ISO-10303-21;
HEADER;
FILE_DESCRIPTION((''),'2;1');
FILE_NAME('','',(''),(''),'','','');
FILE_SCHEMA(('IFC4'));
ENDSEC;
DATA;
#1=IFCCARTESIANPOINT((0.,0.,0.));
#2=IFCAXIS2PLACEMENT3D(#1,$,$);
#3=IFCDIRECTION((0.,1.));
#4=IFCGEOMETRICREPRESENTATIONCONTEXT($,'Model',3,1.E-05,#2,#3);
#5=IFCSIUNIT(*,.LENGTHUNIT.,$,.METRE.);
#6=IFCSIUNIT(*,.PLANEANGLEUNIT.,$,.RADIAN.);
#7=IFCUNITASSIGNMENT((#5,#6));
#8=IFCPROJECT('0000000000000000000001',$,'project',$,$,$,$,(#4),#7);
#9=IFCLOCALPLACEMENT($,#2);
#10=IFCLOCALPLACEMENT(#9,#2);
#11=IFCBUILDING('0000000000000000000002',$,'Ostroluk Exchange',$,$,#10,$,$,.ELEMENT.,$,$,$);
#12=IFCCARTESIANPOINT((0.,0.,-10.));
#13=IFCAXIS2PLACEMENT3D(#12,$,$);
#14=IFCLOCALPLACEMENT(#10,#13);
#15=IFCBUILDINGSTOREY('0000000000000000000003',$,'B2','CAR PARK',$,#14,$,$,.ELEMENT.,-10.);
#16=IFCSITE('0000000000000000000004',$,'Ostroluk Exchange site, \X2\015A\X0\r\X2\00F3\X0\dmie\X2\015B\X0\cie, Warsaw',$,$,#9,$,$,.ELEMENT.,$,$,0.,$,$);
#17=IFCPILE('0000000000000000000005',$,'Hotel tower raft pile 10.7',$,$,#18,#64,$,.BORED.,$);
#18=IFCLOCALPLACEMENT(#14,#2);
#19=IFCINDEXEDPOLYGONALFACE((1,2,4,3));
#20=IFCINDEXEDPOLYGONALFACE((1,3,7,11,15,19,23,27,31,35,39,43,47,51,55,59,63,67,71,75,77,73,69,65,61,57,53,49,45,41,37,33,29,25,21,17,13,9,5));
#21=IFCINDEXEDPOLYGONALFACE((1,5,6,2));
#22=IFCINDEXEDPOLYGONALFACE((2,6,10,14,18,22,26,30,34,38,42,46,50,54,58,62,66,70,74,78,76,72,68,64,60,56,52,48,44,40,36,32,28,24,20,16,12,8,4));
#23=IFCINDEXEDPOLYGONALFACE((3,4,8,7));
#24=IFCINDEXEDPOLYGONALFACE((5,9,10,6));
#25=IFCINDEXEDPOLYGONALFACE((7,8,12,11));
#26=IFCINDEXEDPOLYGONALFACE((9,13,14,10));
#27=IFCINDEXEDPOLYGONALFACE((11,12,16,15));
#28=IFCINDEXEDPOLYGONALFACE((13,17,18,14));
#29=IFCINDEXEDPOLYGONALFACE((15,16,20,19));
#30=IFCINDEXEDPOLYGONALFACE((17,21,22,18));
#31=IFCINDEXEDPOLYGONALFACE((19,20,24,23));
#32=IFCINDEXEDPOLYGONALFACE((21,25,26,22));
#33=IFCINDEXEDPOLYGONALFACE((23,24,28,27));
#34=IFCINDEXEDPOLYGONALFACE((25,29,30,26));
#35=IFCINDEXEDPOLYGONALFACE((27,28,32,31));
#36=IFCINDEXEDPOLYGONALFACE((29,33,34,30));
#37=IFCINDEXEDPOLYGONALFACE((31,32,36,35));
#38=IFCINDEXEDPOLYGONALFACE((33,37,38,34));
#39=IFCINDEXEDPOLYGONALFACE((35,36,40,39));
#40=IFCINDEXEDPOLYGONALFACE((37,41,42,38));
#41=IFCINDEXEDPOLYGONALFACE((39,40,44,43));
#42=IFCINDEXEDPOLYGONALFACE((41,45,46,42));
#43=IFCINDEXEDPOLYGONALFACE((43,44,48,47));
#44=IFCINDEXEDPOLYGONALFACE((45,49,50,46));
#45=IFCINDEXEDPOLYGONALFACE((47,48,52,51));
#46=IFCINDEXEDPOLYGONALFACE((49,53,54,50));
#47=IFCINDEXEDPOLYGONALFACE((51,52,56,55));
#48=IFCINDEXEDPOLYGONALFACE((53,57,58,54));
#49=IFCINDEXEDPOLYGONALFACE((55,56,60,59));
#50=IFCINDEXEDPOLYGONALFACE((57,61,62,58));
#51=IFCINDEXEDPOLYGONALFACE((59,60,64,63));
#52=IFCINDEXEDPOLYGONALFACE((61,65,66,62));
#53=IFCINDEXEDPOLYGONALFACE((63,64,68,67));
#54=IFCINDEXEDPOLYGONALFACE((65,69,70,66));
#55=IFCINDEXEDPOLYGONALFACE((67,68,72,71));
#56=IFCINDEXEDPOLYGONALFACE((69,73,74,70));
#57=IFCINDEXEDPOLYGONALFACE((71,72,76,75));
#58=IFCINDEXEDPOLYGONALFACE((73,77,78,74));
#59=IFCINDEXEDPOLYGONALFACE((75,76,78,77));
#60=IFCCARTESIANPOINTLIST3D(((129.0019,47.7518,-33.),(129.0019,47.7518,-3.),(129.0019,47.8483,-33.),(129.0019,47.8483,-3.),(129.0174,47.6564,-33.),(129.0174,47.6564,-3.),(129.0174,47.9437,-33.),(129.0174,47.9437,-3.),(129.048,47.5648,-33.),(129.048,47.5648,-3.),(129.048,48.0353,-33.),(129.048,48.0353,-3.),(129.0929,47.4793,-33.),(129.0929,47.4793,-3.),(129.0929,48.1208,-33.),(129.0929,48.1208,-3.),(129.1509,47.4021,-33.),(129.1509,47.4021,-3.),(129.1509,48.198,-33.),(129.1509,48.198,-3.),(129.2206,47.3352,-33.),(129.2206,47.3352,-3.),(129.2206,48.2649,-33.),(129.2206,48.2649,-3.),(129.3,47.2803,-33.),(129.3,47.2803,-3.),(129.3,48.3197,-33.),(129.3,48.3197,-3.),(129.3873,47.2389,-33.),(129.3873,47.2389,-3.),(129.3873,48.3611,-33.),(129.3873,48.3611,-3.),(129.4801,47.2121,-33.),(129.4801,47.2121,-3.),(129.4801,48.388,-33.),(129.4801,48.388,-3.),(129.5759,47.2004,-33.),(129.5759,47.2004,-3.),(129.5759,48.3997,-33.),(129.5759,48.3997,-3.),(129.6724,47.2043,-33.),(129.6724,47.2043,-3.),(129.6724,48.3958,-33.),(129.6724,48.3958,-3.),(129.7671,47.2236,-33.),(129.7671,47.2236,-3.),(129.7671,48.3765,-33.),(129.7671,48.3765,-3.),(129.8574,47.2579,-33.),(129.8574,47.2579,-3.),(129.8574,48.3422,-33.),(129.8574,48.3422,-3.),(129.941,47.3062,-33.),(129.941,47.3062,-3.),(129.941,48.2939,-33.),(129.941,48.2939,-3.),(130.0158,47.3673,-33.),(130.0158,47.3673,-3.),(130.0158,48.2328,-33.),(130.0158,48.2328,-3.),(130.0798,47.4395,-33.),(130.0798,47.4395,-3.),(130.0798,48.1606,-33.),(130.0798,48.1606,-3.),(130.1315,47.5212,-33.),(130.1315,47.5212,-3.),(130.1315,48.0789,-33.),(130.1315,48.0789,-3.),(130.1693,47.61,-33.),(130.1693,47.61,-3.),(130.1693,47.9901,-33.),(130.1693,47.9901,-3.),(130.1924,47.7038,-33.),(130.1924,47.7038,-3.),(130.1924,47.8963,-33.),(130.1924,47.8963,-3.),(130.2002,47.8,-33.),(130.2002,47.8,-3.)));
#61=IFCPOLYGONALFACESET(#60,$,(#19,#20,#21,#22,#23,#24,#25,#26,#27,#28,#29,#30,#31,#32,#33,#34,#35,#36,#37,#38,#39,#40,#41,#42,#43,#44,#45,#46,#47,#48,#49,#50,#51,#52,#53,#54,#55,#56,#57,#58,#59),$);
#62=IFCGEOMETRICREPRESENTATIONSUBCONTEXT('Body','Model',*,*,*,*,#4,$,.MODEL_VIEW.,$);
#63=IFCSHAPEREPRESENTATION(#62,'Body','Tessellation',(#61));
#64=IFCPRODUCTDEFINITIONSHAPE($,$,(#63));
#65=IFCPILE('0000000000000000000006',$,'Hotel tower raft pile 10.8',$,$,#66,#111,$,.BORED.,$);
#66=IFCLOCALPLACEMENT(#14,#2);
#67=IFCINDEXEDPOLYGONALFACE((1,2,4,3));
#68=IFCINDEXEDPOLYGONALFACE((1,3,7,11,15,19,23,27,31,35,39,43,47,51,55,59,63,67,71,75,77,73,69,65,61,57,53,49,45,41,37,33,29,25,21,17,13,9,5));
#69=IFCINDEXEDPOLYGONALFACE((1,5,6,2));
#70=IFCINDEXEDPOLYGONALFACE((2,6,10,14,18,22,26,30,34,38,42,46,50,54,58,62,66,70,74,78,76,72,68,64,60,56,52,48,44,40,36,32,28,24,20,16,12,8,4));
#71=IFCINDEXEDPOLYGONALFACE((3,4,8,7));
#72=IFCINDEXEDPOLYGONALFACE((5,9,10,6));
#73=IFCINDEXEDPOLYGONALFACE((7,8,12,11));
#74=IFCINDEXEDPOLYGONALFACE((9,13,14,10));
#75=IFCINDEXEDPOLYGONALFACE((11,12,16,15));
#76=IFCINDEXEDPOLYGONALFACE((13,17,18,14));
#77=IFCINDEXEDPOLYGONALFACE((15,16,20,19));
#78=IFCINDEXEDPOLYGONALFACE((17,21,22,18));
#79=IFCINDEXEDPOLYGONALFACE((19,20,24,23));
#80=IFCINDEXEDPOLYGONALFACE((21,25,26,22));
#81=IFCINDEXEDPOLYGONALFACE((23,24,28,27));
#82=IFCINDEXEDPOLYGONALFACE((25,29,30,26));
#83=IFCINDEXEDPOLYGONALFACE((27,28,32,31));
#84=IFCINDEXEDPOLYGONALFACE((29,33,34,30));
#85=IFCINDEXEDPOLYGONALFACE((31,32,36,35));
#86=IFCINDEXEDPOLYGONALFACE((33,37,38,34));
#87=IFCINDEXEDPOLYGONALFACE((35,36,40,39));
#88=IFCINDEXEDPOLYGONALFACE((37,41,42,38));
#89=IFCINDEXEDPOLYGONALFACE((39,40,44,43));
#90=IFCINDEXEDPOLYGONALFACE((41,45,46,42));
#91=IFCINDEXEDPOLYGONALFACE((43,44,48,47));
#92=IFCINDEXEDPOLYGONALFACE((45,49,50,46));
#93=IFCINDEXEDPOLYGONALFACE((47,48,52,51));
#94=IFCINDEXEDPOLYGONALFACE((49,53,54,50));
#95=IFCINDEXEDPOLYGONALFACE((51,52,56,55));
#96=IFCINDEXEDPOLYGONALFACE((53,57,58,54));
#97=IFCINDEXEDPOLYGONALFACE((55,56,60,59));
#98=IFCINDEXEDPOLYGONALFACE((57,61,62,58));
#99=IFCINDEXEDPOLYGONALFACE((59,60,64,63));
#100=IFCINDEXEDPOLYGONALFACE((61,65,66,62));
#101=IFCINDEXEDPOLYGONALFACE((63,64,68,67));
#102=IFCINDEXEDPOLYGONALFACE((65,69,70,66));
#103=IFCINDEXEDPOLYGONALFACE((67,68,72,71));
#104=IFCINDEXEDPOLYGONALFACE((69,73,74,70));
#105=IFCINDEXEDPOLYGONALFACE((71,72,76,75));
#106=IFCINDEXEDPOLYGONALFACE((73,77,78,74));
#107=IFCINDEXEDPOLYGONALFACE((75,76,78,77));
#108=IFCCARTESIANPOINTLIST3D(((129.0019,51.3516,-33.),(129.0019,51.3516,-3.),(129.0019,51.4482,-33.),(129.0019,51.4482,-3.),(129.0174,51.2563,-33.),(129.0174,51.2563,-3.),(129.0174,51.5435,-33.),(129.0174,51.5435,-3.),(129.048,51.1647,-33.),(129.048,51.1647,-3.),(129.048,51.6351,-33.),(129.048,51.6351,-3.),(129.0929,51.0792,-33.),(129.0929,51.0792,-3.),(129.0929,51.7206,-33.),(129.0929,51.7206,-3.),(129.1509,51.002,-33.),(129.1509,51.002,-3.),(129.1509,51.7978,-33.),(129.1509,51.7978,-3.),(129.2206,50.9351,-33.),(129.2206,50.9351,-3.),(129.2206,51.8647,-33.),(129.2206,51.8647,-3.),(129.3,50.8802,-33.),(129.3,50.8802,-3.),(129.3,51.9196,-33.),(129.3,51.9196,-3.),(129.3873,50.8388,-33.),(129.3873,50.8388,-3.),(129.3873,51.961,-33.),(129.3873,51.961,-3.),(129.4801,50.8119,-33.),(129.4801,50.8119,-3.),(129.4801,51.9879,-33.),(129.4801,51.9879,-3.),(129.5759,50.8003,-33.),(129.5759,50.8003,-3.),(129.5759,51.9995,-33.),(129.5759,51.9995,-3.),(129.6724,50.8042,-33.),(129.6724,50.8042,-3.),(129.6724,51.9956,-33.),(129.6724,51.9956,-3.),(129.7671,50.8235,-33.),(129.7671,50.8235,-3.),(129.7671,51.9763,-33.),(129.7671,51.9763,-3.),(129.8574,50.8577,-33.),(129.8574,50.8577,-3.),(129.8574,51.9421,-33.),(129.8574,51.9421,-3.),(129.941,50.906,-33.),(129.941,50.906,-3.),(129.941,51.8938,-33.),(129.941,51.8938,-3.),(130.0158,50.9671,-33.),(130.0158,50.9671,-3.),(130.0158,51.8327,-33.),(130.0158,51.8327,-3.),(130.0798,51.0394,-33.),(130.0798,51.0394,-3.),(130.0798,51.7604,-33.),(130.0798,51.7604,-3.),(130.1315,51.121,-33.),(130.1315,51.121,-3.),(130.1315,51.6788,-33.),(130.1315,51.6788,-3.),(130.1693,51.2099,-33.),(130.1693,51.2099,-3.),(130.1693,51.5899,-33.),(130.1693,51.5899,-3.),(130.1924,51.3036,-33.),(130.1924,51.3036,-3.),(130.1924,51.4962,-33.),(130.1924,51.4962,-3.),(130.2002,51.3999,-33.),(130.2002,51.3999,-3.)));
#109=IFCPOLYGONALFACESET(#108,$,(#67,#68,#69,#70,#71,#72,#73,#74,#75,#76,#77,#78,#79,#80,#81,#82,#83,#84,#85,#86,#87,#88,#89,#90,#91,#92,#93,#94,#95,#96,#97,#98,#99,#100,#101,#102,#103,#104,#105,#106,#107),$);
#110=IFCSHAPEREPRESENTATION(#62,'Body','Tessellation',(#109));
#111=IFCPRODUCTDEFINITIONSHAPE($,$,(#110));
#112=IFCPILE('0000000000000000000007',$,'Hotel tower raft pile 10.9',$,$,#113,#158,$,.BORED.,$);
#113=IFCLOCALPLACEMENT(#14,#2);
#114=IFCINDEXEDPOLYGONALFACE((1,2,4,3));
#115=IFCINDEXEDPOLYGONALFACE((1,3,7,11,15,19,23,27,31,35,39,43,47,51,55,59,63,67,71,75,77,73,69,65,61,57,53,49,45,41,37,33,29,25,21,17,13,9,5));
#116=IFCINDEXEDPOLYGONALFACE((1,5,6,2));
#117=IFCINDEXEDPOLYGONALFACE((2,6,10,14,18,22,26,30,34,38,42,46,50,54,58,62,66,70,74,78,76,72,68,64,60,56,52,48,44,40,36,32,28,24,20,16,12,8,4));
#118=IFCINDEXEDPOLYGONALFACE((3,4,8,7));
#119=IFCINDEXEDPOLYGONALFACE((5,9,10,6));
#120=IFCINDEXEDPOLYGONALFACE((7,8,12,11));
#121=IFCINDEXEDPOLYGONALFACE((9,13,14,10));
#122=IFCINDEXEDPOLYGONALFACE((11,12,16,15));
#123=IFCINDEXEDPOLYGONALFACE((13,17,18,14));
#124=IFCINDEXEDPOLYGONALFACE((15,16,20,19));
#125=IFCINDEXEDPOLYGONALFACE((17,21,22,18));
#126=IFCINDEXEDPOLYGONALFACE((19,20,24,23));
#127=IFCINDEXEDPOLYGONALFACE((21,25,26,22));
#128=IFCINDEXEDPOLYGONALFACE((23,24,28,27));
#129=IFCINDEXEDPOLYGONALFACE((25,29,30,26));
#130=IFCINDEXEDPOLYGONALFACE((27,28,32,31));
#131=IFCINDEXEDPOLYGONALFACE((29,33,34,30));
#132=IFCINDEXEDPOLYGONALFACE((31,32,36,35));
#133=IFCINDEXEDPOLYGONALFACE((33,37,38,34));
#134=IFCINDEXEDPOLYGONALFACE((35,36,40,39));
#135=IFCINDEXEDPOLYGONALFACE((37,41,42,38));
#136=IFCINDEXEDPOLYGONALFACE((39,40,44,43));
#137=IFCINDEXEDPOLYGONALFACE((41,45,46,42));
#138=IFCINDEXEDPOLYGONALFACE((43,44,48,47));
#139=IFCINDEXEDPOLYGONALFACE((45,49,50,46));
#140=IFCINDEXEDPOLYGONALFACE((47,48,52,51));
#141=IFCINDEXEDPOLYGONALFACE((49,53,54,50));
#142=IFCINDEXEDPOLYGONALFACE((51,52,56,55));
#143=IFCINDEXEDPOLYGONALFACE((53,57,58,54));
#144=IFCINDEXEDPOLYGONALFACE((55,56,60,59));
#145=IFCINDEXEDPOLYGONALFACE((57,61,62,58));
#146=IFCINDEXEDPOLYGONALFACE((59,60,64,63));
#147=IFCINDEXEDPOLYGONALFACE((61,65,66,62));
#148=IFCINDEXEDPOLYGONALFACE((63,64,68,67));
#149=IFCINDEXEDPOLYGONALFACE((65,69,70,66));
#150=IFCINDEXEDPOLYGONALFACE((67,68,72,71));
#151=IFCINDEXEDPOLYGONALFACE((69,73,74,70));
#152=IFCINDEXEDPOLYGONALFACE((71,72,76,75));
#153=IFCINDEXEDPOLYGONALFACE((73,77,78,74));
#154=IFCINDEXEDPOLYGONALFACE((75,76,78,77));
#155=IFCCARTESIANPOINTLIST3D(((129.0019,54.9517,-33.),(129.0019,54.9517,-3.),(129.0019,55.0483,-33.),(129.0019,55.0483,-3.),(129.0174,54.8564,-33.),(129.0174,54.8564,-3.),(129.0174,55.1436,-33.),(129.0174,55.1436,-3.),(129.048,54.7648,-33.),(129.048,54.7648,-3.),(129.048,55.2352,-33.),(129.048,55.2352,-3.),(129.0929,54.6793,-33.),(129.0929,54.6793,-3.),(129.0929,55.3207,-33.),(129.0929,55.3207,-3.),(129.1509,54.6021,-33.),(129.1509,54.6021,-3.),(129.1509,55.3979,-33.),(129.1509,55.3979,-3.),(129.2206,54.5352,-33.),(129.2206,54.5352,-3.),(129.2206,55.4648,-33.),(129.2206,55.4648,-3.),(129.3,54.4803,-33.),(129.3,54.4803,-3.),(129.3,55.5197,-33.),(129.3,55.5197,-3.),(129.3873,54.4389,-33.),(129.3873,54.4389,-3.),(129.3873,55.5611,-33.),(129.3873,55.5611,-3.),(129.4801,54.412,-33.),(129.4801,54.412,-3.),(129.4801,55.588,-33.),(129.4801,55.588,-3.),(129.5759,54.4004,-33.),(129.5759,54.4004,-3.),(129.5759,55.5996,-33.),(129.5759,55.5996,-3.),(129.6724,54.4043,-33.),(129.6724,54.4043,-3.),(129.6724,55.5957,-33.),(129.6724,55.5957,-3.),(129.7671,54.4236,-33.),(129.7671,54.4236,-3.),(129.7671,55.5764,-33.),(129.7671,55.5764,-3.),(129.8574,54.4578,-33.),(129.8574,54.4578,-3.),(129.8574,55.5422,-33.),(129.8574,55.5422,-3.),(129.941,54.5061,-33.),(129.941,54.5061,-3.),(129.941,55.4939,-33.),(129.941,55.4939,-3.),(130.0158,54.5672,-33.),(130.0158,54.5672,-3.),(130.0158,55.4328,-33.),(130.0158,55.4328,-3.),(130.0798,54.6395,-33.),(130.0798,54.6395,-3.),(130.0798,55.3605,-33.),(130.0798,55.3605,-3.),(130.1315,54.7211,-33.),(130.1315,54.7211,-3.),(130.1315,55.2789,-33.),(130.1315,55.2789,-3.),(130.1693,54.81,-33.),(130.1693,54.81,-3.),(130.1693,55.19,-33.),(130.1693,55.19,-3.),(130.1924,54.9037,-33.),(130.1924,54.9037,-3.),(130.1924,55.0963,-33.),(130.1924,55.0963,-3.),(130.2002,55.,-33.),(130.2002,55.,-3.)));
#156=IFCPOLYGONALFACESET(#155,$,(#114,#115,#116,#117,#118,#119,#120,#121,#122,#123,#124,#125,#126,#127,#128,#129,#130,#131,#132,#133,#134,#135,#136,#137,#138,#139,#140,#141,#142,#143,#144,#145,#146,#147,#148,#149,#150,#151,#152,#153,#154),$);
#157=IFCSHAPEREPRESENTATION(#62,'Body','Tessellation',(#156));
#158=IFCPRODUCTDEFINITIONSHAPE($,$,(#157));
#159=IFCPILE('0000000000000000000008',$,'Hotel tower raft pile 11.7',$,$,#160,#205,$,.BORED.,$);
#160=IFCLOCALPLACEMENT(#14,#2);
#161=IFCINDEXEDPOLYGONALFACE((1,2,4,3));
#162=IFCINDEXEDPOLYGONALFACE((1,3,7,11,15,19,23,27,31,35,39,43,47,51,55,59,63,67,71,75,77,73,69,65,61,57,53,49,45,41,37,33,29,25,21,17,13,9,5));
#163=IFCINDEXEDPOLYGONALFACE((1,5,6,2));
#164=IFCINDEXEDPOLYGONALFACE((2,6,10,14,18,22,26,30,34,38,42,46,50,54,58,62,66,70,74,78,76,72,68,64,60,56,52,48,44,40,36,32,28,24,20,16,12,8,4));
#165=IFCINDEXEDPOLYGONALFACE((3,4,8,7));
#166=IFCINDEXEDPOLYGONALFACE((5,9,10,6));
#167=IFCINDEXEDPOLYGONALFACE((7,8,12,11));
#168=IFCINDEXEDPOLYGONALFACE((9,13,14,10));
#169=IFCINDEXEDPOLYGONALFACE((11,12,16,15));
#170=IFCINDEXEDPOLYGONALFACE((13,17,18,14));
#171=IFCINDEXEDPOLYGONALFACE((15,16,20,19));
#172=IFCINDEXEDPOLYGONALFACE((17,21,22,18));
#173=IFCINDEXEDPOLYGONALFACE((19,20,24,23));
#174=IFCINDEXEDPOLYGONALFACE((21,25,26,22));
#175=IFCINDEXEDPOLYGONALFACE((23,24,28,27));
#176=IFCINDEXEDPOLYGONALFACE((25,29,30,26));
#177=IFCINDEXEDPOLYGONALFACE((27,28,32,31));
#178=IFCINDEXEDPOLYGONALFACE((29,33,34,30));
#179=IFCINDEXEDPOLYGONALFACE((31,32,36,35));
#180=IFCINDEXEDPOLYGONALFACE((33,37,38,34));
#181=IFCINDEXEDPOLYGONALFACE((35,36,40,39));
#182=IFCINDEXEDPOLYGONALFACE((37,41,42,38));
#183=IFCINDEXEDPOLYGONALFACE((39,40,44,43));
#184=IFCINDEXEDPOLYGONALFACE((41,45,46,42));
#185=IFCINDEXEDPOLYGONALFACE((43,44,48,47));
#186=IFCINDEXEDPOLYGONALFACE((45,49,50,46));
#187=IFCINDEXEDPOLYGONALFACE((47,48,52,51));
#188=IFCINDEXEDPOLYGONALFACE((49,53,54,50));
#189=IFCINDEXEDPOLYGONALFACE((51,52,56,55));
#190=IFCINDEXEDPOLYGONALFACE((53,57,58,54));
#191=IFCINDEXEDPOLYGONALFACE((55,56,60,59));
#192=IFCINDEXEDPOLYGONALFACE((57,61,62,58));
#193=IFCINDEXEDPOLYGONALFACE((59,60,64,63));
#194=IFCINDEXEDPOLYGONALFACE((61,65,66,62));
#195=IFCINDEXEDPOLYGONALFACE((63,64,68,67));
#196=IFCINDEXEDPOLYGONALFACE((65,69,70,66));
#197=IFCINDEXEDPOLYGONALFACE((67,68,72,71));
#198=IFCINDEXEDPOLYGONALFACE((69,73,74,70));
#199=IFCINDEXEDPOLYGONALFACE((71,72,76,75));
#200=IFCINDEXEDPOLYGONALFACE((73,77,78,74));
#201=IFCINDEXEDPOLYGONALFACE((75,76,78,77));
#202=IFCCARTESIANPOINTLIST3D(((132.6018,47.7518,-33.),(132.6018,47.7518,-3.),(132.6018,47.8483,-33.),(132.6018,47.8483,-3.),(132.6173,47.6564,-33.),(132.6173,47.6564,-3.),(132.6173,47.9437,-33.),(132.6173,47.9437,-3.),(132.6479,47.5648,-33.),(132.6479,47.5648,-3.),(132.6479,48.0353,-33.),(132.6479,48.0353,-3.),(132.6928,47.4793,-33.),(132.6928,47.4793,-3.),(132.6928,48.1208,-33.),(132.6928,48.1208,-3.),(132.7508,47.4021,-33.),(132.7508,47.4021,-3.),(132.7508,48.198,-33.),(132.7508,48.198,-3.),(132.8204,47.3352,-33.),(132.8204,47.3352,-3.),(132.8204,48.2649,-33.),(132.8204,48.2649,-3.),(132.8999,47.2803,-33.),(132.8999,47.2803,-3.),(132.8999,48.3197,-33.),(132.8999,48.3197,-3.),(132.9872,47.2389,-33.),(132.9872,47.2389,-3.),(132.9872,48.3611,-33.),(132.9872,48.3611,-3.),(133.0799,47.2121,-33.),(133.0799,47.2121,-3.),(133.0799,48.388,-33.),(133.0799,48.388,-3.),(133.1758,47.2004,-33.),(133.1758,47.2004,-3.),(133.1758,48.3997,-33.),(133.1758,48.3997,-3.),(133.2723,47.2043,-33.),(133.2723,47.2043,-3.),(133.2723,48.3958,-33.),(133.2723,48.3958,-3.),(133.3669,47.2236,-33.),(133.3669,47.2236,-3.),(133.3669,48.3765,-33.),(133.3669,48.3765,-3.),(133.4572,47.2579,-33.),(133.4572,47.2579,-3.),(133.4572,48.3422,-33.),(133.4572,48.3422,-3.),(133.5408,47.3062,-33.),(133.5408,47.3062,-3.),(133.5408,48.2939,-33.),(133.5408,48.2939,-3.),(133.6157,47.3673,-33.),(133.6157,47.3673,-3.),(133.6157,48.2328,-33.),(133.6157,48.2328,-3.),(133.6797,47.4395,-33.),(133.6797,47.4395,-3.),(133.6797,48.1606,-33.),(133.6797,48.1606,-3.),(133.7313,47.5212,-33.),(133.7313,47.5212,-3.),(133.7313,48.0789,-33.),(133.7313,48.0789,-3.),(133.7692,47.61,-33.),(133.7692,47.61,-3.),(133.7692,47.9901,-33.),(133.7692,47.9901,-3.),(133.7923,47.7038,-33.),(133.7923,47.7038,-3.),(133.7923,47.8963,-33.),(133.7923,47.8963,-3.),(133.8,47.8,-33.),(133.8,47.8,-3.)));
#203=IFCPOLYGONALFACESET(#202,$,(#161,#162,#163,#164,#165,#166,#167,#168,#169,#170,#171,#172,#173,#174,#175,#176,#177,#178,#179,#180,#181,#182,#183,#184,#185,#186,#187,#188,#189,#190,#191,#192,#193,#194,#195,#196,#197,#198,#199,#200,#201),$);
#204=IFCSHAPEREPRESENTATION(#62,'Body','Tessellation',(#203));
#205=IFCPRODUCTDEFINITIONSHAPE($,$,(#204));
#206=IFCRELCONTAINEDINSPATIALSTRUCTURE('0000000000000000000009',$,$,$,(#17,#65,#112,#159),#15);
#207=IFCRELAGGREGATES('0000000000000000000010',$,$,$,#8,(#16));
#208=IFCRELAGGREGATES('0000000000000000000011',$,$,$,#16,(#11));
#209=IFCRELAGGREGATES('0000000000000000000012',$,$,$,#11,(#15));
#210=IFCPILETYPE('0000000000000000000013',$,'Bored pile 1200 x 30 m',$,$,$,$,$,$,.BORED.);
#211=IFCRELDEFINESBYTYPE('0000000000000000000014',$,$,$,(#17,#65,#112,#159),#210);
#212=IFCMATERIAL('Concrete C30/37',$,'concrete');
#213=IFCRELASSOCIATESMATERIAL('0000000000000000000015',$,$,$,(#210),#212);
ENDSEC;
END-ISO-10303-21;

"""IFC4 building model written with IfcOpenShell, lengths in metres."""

from ifc_helpers import new_model, si_unit, direction, frame, origin, origin_2d, place, context, subcontext, project, spatial, circle, extrude, material, type_object, element, save


model = new_model("IFC4")

# Units and contexts
model_context = context("Model", 3, precision=1e-05, world=origin(), true_north=direction((0.0, 1.0)))
body_context = subcontext(model_context, "Body", "Model", "MODEL_VIEW")
ifc_project = project(units=[si_unit("LENGTHUNIT", "METRE"), si_unit("PLANEANGLEUNIT", "RADIAN")], contexts=[model_context])

# Site, building, storey
site_placement = place(None, origin())
site = spatial("IfcSite", under=ifc_project, at=site_placement, Name="Ostroluk Exchange site, Śródmieście, Warsaw", CompositionType="ELEMENT", RefElevation=0.0)
building_placement = place(site_placement, origin())
building = spatial("IfcBuilding", under=site, at=building_placement, Name="Ostroluk Exchange", CompositionType="ELEMENT")
storey_placement = place(building_placement, frame((0.0, 0.0, -10.0)))
storey = spatial("IfcBuildingStorey", under=building, at=storey_placement, Name="B2", Description="CAR PARK", CompositionType="ELEMENT", Elevation=-10.0)

# Piles
ifc_material_1 = material(Name="Concrete C30/37", Category="concrete")
pile_type_1 = type_object("IfcPileType", Name="Bored pile 1200 x 30 m", PredefinedType="BORED", material=ifc_material_1)
for number, where, z_axis, x_axis, name in (
    (1, (129.6001, 47.8, -3.0), (0.0, 0.0, -1.0), (1.0, 0.0, 0.0), "Hotel tower raft pile 10.7"),
    (2, (129.6001, 51.3999, -3.0), (0.0, 0.0, -1.0), (1.0, 0.0, 0.0), "Hotel tower raft pile 10.8"),
    (3, (129.6001, 55.0, -3.0), (0.0, 0.0, -1.0), (1.0, 0.0, 0.0), "Hotel tower raft pile 10.9"),
    (4, (133.2, 47.8, -3.0), (0.0, 0.0, -1.0), (1.0, 0.0, 0.0), "Hotel tower raft pile 11.7"),
):
    element("IfcPile", number, at=place(storey_placement, frame(where, z_axis=z_axis, x_axis=x_axis)), inside=storey, type_object=pile_type_1, Name=name, PredefinedType="BORED", context=body_context, shape_type="SweptSolid", body=[
        extrude(circle(Radius=0.6001, at=origin_2d()), origin(), (0.0, 0.0, 1.0), 30.0),
    ])

save(model, "model.ifc")
